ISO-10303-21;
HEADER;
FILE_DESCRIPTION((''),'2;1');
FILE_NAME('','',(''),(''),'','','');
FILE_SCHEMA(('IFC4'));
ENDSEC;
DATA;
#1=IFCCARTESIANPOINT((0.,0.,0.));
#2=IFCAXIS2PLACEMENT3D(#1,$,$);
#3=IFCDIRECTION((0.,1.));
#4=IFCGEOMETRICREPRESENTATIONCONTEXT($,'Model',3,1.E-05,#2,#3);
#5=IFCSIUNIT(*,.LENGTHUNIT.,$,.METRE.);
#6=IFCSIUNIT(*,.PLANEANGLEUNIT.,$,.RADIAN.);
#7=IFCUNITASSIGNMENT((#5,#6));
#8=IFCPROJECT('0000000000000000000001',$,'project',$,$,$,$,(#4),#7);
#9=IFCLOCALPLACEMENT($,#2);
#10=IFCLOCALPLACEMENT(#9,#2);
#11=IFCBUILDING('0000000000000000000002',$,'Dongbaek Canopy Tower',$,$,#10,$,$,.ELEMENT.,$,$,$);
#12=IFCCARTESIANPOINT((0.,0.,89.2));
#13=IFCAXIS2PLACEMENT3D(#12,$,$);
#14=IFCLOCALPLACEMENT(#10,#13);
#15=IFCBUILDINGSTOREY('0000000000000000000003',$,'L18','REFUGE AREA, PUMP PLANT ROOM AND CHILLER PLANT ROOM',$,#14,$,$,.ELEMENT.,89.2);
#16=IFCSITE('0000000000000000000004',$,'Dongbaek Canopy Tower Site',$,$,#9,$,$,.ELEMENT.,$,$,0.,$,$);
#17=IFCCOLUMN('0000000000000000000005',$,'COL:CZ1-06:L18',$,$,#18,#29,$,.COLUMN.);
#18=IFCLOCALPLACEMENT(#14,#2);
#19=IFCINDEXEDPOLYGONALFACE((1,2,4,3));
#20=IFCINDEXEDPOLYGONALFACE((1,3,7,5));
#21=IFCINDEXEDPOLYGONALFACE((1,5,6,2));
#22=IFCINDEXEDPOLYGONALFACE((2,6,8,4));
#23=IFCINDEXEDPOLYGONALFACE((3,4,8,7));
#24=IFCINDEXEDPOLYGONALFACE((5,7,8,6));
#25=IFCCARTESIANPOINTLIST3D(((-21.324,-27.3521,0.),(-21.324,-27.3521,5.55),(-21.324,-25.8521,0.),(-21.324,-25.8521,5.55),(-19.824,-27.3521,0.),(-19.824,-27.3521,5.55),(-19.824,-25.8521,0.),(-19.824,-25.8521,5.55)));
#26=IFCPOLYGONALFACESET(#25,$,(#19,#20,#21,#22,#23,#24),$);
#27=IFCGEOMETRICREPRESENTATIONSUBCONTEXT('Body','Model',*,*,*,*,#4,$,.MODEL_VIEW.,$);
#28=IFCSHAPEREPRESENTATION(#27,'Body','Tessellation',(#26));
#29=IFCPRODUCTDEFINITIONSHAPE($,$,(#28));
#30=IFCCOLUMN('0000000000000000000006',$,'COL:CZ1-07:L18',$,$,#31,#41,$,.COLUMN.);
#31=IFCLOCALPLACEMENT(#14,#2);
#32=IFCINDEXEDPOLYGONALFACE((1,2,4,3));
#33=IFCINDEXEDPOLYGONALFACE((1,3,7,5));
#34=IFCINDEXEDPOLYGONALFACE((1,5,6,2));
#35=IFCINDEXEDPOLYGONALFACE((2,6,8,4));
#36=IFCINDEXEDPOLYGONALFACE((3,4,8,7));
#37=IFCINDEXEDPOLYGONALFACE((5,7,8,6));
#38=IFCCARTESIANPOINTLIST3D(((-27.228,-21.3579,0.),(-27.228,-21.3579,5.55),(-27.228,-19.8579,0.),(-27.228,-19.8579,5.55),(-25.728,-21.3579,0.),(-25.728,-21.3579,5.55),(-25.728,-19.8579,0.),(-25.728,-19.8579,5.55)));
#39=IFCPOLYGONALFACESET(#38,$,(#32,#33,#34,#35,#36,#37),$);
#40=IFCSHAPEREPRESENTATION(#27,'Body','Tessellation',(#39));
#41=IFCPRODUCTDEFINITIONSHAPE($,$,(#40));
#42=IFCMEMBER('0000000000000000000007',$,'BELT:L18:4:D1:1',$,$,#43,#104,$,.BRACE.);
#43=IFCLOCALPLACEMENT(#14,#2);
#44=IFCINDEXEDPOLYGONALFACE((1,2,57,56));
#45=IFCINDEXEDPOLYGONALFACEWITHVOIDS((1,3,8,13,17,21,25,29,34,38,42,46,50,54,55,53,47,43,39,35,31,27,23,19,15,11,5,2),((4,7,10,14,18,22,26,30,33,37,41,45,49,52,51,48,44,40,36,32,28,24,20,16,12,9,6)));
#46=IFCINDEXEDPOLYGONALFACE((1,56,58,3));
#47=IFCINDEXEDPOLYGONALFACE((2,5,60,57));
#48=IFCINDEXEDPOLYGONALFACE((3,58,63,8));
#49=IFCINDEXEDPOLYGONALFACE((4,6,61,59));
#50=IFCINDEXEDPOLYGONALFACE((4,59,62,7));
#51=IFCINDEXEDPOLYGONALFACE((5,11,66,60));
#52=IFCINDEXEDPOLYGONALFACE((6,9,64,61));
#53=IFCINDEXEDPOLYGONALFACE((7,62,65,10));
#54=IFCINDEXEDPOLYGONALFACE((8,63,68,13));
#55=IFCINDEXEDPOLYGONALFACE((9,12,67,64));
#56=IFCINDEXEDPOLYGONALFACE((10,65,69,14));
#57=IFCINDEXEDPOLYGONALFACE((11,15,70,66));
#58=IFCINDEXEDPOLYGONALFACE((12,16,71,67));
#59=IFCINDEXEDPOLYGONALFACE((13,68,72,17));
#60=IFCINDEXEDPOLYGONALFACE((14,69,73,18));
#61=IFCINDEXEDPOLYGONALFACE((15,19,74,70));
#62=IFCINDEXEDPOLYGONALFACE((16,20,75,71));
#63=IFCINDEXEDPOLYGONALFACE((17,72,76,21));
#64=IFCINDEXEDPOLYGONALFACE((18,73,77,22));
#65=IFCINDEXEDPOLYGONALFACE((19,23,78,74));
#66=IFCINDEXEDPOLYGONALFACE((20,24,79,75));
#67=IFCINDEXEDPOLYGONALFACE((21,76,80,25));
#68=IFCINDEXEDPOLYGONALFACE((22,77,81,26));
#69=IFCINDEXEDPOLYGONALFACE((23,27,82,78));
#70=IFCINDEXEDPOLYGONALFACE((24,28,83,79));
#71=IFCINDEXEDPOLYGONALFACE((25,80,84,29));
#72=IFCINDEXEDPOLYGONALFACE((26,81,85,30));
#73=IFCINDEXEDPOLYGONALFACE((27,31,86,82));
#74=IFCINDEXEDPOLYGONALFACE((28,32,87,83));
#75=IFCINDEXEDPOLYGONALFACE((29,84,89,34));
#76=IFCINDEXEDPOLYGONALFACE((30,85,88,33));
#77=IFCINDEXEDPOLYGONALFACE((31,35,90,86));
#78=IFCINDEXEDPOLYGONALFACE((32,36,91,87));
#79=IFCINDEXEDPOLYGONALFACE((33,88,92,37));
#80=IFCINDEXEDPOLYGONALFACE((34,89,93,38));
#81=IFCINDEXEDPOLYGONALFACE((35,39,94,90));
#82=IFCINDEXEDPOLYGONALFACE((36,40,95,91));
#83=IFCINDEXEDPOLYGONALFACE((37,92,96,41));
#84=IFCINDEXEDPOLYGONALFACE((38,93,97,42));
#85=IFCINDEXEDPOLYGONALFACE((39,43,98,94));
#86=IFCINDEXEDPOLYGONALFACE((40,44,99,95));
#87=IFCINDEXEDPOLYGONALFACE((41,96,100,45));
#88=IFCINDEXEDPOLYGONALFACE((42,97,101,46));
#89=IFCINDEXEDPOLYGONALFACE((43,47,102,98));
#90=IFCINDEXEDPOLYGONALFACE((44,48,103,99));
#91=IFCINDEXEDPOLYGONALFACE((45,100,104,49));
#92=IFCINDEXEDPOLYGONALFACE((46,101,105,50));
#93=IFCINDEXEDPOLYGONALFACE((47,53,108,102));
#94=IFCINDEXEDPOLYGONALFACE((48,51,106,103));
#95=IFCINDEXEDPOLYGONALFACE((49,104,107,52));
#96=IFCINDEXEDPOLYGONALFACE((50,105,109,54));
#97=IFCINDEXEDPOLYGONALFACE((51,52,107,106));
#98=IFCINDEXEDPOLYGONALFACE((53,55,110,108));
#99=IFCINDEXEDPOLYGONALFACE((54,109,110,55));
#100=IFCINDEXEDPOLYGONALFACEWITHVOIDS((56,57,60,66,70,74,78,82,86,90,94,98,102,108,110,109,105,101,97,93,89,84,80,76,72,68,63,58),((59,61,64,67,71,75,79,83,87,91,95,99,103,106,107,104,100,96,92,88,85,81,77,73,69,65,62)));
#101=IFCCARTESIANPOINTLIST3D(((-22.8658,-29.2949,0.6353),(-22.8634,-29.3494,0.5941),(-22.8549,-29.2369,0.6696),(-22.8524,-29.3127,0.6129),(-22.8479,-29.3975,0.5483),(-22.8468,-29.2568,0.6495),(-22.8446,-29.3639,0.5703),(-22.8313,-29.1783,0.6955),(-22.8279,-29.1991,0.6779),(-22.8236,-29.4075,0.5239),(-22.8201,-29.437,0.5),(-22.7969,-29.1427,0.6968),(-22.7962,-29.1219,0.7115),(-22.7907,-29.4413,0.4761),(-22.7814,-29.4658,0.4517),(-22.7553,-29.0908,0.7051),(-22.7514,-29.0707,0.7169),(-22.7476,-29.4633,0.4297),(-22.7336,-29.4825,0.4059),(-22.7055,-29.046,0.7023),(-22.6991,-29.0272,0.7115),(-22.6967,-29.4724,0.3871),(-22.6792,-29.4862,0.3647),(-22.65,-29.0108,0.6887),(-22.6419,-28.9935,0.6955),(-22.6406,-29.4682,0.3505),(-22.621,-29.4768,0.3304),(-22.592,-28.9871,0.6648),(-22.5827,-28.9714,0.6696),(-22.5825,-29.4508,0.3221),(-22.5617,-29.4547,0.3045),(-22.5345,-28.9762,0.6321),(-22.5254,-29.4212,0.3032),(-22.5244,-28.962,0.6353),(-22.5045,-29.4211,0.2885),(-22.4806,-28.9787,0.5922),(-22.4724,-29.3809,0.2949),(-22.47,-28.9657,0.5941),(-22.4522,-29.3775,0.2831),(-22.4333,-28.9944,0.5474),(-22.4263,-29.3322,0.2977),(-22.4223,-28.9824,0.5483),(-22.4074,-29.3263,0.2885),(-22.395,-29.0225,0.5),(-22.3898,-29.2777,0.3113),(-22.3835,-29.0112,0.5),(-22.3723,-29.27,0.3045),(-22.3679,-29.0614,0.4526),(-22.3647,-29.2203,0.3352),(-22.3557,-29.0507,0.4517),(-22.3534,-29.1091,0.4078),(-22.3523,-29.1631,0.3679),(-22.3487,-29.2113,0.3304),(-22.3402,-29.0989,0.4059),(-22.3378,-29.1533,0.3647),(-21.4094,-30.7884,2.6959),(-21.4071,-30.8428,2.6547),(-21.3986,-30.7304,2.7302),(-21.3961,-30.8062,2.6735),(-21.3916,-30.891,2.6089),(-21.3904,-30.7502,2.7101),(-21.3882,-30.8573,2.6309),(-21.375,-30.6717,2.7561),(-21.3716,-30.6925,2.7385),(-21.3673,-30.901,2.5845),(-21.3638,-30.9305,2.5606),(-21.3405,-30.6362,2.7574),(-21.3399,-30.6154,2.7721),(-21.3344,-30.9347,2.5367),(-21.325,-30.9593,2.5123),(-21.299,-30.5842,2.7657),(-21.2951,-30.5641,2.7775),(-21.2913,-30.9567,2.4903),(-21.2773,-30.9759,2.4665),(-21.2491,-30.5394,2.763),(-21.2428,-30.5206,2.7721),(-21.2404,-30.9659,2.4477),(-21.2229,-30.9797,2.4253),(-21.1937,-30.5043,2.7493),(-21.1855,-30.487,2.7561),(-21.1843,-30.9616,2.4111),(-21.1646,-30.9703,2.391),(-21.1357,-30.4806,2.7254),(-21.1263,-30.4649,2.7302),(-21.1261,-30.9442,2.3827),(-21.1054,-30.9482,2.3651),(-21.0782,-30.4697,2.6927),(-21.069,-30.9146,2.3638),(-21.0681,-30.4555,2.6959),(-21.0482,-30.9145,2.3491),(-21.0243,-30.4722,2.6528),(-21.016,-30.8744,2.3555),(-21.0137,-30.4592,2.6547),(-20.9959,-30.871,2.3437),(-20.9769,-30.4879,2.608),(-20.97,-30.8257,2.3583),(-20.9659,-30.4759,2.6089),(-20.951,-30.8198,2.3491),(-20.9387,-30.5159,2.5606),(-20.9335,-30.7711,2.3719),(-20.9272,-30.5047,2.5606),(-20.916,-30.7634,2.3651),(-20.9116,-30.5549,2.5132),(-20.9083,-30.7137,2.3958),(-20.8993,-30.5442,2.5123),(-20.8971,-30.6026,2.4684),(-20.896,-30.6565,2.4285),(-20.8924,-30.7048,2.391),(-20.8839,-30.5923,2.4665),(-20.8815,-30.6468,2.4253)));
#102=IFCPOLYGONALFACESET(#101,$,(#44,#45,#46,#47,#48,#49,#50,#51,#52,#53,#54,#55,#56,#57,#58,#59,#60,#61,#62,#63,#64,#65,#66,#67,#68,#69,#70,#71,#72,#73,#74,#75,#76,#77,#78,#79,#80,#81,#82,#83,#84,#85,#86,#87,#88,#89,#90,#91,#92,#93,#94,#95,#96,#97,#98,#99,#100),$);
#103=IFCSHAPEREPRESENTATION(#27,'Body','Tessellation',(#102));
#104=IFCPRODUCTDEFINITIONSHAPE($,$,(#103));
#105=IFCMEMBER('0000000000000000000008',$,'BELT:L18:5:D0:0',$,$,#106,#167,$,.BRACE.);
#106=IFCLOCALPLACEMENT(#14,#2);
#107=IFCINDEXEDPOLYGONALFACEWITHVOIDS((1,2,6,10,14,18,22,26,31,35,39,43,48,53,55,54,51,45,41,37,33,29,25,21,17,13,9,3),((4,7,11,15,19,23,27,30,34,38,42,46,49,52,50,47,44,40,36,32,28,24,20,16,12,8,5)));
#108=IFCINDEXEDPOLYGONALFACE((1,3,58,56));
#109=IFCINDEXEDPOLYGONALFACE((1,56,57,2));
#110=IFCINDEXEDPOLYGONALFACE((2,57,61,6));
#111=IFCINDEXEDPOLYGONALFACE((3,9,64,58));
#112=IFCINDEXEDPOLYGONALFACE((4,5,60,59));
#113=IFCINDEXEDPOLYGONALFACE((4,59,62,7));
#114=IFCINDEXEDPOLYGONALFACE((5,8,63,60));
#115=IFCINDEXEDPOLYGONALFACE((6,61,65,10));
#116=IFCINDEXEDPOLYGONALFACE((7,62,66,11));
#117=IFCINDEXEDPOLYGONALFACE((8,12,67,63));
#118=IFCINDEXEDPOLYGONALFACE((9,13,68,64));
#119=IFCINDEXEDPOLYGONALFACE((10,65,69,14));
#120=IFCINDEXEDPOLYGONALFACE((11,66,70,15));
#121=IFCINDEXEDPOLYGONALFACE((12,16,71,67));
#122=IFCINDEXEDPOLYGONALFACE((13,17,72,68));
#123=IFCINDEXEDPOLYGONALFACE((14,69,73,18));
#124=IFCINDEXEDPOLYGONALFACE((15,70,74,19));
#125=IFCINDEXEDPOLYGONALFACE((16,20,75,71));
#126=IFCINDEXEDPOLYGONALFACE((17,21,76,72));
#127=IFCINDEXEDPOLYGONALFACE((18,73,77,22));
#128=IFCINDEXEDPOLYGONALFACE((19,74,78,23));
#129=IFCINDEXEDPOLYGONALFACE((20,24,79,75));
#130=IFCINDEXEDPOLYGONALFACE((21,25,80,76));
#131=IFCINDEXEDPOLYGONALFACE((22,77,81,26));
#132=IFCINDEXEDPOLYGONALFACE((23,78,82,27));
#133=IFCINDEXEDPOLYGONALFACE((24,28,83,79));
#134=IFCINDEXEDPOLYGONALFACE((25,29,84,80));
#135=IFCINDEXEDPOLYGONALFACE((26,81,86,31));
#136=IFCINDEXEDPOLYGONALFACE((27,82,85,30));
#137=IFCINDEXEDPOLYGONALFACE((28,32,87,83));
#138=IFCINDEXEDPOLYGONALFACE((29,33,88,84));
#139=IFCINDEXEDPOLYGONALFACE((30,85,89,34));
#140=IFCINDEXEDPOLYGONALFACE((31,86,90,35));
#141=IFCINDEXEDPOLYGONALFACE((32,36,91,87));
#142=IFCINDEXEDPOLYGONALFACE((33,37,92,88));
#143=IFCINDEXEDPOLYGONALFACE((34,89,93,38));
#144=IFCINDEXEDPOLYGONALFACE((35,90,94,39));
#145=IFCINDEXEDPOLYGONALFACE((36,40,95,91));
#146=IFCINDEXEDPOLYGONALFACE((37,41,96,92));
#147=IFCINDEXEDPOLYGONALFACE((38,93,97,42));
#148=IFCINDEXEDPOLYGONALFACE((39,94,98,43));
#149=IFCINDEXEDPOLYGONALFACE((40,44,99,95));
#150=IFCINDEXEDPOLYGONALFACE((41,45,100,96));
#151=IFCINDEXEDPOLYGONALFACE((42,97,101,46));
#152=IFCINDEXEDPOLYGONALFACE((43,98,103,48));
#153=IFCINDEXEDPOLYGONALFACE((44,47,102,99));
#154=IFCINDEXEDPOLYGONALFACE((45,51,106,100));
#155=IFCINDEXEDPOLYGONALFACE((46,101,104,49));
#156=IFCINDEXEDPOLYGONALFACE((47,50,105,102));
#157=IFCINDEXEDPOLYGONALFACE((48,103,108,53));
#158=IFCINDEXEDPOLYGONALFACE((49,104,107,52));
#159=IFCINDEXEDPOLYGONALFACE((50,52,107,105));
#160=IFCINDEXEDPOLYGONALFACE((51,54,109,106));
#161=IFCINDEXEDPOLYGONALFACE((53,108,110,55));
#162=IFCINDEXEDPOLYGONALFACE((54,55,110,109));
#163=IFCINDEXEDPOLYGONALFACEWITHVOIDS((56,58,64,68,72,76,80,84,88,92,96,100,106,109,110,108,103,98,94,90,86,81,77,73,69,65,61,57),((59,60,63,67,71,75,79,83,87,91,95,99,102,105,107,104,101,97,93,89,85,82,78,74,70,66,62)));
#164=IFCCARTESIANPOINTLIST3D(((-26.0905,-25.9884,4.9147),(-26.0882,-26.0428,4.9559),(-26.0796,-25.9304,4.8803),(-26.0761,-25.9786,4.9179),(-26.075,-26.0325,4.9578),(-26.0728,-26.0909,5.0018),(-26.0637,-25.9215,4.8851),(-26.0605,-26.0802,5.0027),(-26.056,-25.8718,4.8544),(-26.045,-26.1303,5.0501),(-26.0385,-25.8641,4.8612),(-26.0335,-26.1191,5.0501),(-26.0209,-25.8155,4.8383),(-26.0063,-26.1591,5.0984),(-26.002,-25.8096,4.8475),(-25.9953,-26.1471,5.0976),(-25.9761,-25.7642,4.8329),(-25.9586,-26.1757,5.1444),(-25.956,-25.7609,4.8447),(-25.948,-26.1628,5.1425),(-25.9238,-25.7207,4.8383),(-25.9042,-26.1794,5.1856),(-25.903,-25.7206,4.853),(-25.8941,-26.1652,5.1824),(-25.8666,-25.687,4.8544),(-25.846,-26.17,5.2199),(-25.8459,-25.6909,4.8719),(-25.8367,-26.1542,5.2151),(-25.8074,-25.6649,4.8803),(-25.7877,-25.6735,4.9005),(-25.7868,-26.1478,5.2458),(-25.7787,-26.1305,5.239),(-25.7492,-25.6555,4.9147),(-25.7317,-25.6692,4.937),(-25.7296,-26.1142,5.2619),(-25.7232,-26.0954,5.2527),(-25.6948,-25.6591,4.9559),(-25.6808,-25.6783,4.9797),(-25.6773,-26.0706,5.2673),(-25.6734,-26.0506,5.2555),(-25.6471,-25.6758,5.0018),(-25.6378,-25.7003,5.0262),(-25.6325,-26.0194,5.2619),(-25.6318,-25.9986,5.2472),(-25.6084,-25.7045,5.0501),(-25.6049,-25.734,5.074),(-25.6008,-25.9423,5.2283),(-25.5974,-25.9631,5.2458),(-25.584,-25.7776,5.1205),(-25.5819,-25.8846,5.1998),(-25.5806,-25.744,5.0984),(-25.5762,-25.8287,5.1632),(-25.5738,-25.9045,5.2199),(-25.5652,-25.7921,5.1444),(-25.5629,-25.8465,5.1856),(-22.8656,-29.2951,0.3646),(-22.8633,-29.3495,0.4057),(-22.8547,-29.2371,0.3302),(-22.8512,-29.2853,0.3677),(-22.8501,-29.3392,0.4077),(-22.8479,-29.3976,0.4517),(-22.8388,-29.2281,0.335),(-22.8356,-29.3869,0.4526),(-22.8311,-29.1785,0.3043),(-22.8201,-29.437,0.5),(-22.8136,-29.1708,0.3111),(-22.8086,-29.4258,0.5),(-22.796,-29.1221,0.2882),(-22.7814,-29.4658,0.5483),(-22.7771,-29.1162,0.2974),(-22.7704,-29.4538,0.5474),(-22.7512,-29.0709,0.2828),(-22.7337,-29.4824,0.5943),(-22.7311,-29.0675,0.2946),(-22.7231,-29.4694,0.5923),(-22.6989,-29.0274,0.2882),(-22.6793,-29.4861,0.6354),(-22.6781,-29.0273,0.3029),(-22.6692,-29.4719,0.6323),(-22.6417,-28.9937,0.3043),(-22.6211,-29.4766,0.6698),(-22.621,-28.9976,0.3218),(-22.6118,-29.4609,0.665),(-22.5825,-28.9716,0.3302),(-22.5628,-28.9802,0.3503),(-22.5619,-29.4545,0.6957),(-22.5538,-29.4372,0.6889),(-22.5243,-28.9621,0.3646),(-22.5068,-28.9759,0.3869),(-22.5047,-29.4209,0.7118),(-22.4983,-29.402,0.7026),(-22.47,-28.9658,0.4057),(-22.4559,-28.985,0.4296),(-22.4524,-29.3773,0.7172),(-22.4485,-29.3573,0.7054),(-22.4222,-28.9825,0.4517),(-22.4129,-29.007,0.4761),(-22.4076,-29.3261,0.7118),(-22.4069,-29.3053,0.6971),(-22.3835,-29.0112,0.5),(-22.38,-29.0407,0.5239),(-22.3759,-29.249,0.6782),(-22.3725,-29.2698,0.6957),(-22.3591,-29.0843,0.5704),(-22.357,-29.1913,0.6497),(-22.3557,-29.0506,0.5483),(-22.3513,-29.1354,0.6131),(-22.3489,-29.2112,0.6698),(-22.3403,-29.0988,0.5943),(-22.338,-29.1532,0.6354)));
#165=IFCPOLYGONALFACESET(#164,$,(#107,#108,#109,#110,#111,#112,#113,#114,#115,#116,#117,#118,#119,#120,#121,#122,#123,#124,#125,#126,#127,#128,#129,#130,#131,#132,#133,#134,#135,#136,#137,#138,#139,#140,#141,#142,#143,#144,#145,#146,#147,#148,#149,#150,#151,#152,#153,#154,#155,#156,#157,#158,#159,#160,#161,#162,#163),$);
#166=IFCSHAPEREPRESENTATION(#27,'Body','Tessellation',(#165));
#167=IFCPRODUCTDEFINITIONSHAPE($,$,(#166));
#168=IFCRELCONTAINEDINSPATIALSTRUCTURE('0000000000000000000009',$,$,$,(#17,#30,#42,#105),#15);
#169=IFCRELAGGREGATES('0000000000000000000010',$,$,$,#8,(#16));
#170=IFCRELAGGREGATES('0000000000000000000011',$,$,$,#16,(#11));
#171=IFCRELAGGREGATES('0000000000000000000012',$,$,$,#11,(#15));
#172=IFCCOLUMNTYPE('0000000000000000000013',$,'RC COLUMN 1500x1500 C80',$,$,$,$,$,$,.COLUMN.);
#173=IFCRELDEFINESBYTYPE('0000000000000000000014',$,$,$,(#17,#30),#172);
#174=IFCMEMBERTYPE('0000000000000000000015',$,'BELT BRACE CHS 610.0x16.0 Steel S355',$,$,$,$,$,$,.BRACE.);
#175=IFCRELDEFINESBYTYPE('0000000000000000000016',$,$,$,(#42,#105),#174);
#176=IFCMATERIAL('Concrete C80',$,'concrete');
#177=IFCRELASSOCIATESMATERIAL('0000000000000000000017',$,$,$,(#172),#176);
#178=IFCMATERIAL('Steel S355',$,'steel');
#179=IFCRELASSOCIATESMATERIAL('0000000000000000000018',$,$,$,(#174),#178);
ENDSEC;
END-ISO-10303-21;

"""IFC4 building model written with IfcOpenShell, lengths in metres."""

from ifc_helpers import new_model, si_unit, direction, frame, origin, origin_2d, place, context, subcontext, project, spatial, rectangle, hollow_circle, extrude, material, material_profile, profile_set, type_object, element, save


model = new_model("IFC4")

# Units and contexts
model_context = context("Model", 3, precision=1e-05, world=origin(), true_north=direction((0.0, 1.0)))
body_context = subcontext(model_context, "Body", "Model", "MODEL_VIEW")
ifc_project = project(units=[si_unit("LENGTHUNIT", "METRE"), si_unit("PLANEANGLEUNIT", "RADIAN")], contexts=[model_context])

# Site, building, storey
site_placement = place(None, origin())
site = spatial("IfcSite", under=ifc_project, at=site_placement, Name="Dongbaek Canopy Tower Site", CompositionType="ELEMENT", RefElevation=0.0)
building_placement = place(site_placement, origin())
building = spatial("IfcBuilding", under=site, at=building_placement, Name="Dongbaek Canopy Tower", CompositionType="ELEMENT")
storey_placement = place(building_placement, frame((0.0, 0.0, 89.2)))
storey = spatial("IfcBuildingStorey", under=building, at=storey_placement, Name="L18", Description="REFUGE AREA, PUMP PLANT ROOM AND CHILLER PLANT ROOM", CompositionType="ELEMENT", Elevation=89.2)

# Columns
ifc_material_1 = material(Name="Concrete C80", Category="concrete")
ifc_material_profile_1 = material_profile(ifc_material_1, rectangle(XDim=1.5, YDim=1.5, at=origin_2d()), Name="RC COLUMN 1500x1500 C80")
ifc_profile_set_1 = profile_set([ifc_material_profile_1], Name="Concrete C80")
column_type = type_object("IfcColumnType", Name="RC COLUMN 1500x1500 C80", PredefinedType="COLUMN", material=ifc_profile_set_1)
for number, where, z_axis, x_axis, name in (
    (1, (-20.574, -26.6021, 0.0), (0.0, 0.0, 1.0), (1.0, 0.0, 0.0), "COL:CZ1-06:L18"),
    (2, (-26.478, -20.6079, 0.0), (0.0, 0.0, 1.0), (1.0, 0.0, 0.0), "COL:CZ1-07:L18"),
):
    element("IfcColumn", number, at=place(storey_placement, frame(where, z_axis=z_axis, x_axis=x_axis)), inside=storey, type_object=column_type, Name=name, PredefinedType="COLUMN", context=body_context, shape_type="SweptSolid", body=[
        extrude(rectangle(XDim=1.5, YDim=1.5, at=origin_2d()), origin(), (0.0, 0.0, 1.0), 5.55),
    ])

# Members
ifc_material_2 = material(Name="Steel S355", Category="steel")
ifc_material_profile_2 = material_profile(ifc_material_2, hollow_circle(Radius=0.3049, WallThickness=0.0161, at=origin_2d()), Name="BELT BRACE CHS 610.0x16.0 Steel S355")
ifc_profile_set_2 = profile_set([ifc_material_profile_2], Name="Steel S355")
member_type_1 = type_object("IfcMemberType", Name="BELT BRACE CHS 610.0x16.0 Steel S355", PredefinedType="BRACE", material=ifc_profile_set_2)
member_1_placement = place(storey_placement, frame((-22.6018, -29.2241, 0.5), z_axis=(0.496683, -0.509339, 0.702766), x_axis=(0.715946, 0.698156, 0.0)))
element("IfcMember", 3, at=member_1_placement, inside=storey, type_object=member_type_1, Name="BELT:L18:4:D1:1", PredefinedType="BRACE", context=body_context, shape_type="SweptSolid", body=[
    extrude(hollow_circle(Radius=0.3049, WallThickness=0.0161, at=origin_2d()), origin(), (0.0, 0.0, 1.0), 2.9321),
])
member_2_placement = place(storey_placement, frame((-22.6018, -29.2241, 0.5), z_axis=(-0.49739, 0.510004, 0.701783), x_axis=(-0.715905, -0.698198, 0.0)))
element("IfcMember", 4, at=member_2_placement, inside=storey, type_object=member_type_1, Name="BELT:L18:5:D0:0", PredefinedType="BRACE", context=body_context, shape_type="SweptSolid", body=[
    extrude(hollow_circle(Radius=0.3049, WallThickness=0.0161, at=origin_2d()), origin(), (0.0, 0.0, 1.0), 6.4836),
])

save(model, "model.ifc")
